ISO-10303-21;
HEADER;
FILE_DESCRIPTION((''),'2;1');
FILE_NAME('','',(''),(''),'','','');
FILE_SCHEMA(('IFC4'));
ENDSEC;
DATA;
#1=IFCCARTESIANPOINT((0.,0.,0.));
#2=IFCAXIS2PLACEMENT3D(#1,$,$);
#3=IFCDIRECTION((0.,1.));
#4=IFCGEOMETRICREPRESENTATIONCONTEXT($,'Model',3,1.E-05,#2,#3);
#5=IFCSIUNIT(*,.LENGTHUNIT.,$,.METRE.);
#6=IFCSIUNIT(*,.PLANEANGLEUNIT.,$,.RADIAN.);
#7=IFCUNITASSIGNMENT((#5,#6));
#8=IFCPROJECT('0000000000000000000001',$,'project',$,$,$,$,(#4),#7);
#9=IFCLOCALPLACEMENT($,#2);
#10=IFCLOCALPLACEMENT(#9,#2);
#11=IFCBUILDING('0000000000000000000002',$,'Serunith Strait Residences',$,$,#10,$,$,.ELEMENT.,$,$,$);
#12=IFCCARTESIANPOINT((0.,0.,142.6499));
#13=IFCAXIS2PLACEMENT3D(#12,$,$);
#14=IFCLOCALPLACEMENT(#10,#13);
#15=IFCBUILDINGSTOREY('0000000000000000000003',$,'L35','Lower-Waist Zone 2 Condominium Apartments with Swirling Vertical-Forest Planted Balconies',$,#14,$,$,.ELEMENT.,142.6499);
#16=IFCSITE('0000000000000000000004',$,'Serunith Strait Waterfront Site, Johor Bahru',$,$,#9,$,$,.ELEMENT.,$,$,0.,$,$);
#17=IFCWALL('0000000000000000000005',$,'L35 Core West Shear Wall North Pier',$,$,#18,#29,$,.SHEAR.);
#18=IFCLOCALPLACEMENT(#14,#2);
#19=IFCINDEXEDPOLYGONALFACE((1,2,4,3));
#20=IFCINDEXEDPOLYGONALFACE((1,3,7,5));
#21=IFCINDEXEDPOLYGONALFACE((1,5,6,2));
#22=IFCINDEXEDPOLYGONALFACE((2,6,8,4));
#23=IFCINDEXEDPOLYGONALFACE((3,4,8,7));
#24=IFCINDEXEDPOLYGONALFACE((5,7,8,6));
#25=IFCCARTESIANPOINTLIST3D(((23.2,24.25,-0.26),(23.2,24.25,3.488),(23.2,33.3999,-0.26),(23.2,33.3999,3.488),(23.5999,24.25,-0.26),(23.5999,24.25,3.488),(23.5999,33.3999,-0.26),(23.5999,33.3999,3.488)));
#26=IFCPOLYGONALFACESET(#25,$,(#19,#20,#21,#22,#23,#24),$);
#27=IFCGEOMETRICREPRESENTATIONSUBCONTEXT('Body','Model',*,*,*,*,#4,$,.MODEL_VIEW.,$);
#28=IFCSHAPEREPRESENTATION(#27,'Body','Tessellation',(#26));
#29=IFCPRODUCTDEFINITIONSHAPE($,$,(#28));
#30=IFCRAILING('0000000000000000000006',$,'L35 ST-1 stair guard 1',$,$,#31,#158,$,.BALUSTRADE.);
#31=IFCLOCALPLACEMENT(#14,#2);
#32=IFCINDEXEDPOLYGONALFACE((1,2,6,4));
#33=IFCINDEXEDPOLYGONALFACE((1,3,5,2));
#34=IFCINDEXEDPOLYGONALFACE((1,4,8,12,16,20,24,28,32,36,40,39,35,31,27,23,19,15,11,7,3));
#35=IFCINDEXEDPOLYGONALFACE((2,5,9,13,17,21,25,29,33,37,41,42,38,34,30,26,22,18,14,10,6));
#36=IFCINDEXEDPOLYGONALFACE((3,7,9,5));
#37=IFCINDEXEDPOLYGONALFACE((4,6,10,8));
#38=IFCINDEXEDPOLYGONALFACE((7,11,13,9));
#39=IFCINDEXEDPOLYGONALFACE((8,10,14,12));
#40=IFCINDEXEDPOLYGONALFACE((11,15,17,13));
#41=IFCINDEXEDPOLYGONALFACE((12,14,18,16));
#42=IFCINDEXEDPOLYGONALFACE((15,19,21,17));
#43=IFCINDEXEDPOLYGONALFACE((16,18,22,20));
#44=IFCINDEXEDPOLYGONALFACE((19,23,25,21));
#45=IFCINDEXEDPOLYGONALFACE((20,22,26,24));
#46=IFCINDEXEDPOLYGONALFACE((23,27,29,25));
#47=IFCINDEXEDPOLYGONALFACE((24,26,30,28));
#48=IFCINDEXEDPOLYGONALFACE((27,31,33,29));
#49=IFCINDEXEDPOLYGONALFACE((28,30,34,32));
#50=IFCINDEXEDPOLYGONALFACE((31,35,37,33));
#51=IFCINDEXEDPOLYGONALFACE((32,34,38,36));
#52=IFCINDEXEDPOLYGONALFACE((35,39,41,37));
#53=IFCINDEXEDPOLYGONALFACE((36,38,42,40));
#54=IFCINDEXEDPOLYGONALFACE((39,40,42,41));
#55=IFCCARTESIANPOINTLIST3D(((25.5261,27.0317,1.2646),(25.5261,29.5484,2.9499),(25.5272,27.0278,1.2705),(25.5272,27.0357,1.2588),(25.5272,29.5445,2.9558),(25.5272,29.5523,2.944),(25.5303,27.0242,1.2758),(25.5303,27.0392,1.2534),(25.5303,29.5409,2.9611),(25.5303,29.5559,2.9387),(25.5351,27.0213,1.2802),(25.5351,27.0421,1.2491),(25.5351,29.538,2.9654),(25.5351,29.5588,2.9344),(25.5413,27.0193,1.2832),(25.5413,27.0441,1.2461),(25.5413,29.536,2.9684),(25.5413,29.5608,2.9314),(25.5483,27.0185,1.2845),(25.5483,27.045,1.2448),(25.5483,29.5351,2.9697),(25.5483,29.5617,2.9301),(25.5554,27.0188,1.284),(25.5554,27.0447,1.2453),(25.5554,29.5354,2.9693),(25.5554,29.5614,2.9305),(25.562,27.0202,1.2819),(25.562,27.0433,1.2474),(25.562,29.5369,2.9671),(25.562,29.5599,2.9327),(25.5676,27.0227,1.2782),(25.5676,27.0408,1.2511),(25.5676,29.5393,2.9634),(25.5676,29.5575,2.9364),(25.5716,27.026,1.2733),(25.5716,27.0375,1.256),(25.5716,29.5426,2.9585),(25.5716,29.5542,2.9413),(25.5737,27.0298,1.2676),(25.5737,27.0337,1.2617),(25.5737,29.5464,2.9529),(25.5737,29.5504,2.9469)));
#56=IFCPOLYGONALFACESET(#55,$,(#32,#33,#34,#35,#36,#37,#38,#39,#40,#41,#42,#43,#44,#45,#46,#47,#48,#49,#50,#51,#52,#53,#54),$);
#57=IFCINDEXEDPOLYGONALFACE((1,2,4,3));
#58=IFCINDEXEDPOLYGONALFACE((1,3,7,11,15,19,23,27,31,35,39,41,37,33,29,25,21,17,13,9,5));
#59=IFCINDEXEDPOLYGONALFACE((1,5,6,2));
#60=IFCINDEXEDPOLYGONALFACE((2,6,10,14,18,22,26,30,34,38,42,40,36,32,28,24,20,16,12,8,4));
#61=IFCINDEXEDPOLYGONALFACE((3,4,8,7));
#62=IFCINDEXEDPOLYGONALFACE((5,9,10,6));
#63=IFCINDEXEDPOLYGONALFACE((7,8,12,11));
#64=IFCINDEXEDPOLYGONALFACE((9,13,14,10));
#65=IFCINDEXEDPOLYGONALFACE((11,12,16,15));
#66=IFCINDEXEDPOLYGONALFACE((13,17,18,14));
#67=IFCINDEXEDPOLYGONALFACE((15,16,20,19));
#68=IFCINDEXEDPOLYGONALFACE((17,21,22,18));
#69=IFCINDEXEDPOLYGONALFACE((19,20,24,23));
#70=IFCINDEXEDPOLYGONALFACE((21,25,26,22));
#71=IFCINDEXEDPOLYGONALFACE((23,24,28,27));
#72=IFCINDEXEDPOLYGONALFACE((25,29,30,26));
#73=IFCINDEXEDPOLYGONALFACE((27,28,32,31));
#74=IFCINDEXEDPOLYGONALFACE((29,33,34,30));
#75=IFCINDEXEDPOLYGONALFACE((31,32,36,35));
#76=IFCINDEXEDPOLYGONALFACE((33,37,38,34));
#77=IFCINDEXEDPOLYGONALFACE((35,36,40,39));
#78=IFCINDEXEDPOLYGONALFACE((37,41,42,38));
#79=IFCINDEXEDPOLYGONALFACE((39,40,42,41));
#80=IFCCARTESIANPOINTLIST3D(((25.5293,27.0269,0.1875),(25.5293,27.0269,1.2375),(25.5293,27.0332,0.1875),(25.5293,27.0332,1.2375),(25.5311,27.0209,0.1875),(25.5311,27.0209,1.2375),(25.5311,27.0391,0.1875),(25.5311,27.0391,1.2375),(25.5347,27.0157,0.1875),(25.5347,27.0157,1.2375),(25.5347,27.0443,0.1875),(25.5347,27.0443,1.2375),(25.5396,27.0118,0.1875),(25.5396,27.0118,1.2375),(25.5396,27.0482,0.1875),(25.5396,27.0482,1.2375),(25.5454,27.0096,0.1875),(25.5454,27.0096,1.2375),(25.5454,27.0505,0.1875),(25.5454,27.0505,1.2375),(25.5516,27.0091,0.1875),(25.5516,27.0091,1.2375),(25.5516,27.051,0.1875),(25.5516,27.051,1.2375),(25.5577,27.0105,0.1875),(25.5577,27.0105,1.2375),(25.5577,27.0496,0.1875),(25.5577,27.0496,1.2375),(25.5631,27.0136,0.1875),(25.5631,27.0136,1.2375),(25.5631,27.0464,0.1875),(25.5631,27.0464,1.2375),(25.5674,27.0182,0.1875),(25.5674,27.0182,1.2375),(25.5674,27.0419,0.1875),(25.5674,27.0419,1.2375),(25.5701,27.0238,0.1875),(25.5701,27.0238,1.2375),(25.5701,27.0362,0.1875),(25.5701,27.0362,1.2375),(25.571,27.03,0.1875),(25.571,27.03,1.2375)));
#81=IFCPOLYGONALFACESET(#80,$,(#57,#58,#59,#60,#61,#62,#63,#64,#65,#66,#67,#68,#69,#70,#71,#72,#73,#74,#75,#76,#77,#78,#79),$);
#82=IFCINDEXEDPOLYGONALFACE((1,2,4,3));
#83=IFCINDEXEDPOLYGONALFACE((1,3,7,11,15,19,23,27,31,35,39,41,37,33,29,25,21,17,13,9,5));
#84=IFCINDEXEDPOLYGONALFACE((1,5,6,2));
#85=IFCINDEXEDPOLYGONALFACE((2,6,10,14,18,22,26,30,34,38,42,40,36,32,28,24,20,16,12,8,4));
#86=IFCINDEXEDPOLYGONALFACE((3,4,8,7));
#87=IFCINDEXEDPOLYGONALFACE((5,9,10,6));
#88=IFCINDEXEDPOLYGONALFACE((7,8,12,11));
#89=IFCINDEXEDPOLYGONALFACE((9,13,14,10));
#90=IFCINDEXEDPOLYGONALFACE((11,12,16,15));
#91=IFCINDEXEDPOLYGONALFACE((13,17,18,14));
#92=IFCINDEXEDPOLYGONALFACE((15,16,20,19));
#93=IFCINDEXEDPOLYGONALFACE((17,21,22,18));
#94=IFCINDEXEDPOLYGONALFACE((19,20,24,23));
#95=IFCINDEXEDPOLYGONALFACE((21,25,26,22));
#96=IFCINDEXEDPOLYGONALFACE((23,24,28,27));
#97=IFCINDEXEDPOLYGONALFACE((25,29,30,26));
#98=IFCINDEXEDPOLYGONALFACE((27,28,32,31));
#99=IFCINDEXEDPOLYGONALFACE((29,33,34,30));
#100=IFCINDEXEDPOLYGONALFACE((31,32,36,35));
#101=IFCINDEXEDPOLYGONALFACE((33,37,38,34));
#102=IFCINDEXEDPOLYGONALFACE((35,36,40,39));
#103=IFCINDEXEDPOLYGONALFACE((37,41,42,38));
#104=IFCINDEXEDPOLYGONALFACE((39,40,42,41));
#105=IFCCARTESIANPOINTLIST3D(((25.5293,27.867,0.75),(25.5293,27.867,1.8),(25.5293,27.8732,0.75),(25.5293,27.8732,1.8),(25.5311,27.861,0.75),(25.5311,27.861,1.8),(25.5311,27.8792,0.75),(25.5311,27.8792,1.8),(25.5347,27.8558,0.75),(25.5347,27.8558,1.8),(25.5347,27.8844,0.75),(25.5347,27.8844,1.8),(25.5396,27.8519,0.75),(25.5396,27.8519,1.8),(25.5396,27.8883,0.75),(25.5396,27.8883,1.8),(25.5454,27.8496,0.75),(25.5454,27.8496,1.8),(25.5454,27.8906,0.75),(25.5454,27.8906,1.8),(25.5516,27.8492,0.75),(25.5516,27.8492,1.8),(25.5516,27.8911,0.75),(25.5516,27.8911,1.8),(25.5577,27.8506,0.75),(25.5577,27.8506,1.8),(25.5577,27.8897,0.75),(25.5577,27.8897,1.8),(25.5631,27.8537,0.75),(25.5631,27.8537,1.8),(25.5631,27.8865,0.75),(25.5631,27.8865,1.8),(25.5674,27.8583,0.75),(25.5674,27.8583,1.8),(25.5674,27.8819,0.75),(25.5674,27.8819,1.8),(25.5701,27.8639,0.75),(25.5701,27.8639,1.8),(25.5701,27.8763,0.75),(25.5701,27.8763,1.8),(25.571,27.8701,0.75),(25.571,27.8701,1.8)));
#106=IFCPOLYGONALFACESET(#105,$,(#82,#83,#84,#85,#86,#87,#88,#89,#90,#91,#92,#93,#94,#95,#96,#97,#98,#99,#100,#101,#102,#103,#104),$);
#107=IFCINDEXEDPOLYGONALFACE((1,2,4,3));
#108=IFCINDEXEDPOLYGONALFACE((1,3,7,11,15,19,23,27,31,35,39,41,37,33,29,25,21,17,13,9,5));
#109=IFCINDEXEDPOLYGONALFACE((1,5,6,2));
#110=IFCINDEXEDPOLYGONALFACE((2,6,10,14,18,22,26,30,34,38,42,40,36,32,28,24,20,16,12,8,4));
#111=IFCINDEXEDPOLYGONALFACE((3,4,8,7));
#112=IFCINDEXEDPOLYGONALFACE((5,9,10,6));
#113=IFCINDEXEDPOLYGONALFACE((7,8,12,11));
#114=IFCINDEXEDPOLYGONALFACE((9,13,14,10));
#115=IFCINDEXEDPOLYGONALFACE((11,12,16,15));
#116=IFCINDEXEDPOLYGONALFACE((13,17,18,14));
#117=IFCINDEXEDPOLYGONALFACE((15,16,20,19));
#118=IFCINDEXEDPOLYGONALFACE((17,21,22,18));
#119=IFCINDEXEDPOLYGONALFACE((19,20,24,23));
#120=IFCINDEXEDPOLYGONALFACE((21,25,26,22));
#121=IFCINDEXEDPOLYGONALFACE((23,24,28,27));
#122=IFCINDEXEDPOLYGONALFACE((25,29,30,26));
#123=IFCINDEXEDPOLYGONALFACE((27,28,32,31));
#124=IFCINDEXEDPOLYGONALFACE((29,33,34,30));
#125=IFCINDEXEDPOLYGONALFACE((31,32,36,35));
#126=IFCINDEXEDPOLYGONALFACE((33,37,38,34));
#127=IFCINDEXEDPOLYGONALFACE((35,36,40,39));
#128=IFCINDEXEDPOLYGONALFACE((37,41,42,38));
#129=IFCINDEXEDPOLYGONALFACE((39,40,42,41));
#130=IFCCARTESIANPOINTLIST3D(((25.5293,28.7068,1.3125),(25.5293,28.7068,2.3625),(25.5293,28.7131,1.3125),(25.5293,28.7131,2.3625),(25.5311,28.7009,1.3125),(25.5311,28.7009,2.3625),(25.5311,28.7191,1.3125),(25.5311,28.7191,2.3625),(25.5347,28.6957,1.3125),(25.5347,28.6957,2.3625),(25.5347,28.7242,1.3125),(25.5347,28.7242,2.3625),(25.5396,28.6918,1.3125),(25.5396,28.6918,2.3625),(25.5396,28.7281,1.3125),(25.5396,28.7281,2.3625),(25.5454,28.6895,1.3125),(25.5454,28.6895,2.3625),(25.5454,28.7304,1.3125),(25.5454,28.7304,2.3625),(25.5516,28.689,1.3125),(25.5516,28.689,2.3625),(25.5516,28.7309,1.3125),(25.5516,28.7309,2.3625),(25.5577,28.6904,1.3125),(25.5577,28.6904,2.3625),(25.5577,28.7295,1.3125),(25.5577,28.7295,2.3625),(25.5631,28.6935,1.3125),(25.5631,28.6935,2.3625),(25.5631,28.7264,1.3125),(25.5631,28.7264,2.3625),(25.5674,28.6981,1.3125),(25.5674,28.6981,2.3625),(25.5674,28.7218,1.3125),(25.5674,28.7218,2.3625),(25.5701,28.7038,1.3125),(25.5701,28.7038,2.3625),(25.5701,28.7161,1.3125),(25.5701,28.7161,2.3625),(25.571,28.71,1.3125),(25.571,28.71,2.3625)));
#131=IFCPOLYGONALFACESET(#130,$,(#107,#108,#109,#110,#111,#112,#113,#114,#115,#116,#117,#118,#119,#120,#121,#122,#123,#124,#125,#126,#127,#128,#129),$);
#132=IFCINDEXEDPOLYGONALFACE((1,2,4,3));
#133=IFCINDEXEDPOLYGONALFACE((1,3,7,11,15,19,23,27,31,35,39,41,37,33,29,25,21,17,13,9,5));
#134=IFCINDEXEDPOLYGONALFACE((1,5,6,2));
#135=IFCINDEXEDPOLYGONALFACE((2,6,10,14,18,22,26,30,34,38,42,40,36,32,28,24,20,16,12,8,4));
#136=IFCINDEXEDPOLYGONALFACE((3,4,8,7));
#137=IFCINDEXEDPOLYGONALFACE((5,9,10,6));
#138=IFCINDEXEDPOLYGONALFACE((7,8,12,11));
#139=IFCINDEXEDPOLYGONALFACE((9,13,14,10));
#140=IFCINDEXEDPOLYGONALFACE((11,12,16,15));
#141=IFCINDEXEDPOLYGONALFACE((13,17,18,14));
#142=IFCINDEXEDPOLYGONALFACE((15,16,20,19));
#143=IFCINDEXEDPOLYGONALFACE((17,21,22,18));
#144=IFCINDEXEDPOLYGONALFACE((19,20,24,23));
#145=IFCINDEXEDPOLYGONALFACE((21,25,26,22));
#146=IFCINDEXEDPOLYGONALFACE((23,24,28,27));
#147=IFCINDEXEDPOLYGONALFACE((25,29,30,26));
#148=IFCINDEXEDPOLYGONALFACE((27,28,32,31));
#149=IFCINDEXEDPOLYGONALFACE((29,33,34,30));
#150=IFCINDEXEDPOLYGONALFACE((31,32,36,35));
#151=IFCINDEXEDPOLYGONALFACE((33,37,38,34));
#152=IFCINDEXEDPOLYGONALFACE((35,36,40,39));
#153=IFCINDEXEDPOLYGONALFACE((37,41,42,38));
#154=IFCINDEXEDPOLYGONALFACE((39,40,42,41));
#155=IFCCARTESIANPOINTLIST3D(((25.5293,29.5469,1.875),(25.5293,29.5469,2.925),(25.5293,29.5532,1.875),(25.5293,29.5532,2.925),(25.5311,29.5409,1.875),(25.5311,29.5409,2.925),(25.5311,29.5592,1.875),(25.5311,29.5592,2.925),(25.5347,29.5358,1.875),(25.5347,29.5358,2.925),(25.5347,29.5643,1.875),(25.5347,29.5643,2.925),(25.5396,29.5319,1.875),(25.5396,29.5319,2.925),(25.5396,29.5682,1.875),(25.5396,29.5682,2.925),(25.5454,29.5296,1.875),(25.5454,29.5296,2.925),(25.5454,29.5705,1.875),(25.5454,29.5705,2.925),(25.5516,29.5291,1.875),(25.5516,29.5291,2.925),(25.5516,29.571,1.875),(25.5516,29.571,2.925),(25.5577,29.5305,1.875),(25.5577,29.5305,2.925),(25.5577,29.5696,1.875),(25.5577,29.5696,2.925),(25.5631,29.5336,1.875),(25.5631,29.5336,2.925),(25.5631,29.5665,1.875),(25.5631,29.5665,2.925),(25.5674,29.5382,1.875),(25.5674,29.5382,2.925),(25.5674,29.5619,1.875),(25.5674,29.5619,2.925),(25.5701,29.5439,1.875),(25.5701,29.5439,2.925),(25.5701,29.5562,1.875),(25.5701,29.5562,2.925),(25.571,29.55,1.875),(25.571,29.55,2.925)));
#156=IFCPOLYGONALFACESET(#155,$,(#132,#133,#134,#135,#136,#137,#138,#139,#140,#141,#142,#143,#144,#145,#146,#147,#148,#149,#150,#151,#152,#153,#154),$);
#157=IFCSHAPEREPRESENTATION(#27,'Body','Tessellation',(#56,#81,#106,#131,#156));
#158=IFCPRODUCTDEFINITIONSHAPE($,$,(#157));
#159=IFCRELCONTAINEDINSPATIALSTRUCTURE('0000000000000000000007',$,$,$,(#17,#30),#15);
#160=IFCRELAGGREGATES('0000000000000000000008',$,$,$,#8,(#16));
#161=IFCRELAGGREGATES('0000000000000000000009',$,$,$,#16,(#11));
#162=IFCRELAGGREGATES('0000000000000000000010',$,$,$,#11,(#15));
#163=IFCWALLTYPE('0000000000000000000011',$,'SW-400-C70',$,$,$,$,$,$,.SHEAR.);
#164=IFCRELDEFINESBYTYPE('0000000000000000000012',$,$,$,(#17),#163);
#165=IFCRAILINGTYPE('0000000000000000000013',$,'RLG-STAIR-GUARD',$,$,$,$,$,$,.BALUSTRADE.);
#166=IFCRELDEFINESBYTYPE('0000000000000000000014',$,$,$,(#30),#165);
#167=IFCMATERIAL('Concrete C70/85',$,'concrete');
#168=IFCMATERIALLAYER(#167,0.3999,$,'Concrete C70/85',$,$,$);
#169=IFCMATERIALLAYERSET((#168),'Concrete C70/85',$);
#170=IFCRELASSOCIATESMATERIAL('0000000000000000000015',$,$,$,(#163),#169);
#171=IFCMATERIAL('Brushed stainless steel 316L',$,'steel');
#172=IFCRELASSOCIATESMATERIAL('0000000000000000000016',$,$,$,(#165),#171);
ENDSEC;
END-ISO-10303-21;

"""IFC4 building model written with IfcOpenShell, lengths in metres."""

from ifc_helpers import new_model, si_unit, direction, frame, frame_2d, origin, origin_2d, place, context, subcontext, project, spatial, rectangle, circle, extrude, material, layer, layer_set, type_object, element, save


model = new_model("IFC4")

# Units and contexts
model_context = context("Model", 3, precision=1e-05, world=origin(), true_north=direction((0.0, 1.0)))
body_context = subcontext(model_context, "Body", "Model", "MODEL_VIEW")
ifc_project = project(units=[si_unit("LENGTHUNIT", "METRE"), si_unit("PLANEANGLEUNIT", "RADIAN")], contexts=[model_context])

# Site, building, storey
site_placement = place(None, origin())
site = spatial("IfcSite", under=ifc_project, at=site_placement, Name="Serunith Strait Waterfront Site, Johor Bahru", CompositionType="ELEMENT", RefElevation=0.0)
building_placement = place(site_placement, origin())
building = spatial("IfcBuilding", under=site, at=building_placement, Name="Serunith Strait Residences", CompositionType="ELEMENT")
storey_placement = place(building_placement, frame((0.0, 0.0, 142.6499)))
storey = spatial("IfcBuildingStorey", under=building, at=storey_placement, Name="L35", Description="Lower-Waist Zone 2 Condominium Apartments with Swirling Vertical-Forest Planted Balconies", CompositionType="ELEMENT", Elevation=142.6499)

# Wall
ifc_material_1 = material(Name="Concrete C70/85", Category="concrete")
ifc_layer_1 = layer(ifc_material_1, 0.3999, Name="Concrete C70/85")
ifc_layer_set_1 = layer_set([ifc_layer_1], Name="Concrete C70/85")
wall_type_1 = type_object("IfcWallType", Name="SW-400-C70", PredefinedType="SHEAR", material=ifc_layer_set_1)
wall_1_placement = place(storey_placement, frame((23.3999, 24.25, -0.26), z_axis=(0.0, 0.0, 1.0), x_axis=(0.0, 1.0, 0.0)))
element("IfcWall", 1, at=wall_1_placement, inside=storey, type_object=wall_type_1, Name="L35 Core West Shear Wall North Pier", PredefinedType="SHEAR", context=body_context, shape_type="SweptSolid", body=[
    extrude(rectangle(XDim=9.1499, YDim=0.3999, at=frame_2d((4.575, 0.0))), origin(), (0.0, 0.0, 1.0), 3.748),
])

# Railing
ifc_material_2 = material(Name="Brushed stainless steel 316L", Category="steel")
railing_type_1 = type_object("IfcRailingType", Name="RLG-STAIR-GUARD", PredefinedType="BALUSTRADE", material=ifc_material_2)
railing_1_placement = place(storey_placement, frame((25.55, 27.03, 0.1875)))
element("IfcRailing", 2, at=railing_1_placement, inside=storey, type_object=railing_type_1, Name="L35 ST-1 stair guard 1", PredefinedType="BALUSTRADE", context=body_context, shape_type="SweptSolid", body=[
    extrude(circle(Radius=0.0239, at=origin_2d()), frame((0.0, 0.0017, 1.0771), z_axis=(0.0, 0.830909, 0.556408), x_axis=(-1.0, 0.0, 0.0)), (0.0, 0.0, 1.0), 3.0288),
    extrude(circle(Radius=0.021, at=origin_2d()), origin(), (0.0, 0.0, 1.0), 1.05),
    extrude(circle(Radius=0.021, at=origin_2d()), frame((0.0, 0.8401, 0.5625)), (0.0, 0.0, 1.0), 1.05),
    extrude(circle(Radius=0.021, at=origin_2d()), frame((0.0, 1.6799, 1.125)), (0.0, 0.0, 1.0), 1.05),
    extrude(circle(Radius=0.021, at=origin_2d()), frame((0.0, 2.52, 1.6875)), (0.0, 0.0, 1.0), 1.05),
])

save(model, "model.ifc")
